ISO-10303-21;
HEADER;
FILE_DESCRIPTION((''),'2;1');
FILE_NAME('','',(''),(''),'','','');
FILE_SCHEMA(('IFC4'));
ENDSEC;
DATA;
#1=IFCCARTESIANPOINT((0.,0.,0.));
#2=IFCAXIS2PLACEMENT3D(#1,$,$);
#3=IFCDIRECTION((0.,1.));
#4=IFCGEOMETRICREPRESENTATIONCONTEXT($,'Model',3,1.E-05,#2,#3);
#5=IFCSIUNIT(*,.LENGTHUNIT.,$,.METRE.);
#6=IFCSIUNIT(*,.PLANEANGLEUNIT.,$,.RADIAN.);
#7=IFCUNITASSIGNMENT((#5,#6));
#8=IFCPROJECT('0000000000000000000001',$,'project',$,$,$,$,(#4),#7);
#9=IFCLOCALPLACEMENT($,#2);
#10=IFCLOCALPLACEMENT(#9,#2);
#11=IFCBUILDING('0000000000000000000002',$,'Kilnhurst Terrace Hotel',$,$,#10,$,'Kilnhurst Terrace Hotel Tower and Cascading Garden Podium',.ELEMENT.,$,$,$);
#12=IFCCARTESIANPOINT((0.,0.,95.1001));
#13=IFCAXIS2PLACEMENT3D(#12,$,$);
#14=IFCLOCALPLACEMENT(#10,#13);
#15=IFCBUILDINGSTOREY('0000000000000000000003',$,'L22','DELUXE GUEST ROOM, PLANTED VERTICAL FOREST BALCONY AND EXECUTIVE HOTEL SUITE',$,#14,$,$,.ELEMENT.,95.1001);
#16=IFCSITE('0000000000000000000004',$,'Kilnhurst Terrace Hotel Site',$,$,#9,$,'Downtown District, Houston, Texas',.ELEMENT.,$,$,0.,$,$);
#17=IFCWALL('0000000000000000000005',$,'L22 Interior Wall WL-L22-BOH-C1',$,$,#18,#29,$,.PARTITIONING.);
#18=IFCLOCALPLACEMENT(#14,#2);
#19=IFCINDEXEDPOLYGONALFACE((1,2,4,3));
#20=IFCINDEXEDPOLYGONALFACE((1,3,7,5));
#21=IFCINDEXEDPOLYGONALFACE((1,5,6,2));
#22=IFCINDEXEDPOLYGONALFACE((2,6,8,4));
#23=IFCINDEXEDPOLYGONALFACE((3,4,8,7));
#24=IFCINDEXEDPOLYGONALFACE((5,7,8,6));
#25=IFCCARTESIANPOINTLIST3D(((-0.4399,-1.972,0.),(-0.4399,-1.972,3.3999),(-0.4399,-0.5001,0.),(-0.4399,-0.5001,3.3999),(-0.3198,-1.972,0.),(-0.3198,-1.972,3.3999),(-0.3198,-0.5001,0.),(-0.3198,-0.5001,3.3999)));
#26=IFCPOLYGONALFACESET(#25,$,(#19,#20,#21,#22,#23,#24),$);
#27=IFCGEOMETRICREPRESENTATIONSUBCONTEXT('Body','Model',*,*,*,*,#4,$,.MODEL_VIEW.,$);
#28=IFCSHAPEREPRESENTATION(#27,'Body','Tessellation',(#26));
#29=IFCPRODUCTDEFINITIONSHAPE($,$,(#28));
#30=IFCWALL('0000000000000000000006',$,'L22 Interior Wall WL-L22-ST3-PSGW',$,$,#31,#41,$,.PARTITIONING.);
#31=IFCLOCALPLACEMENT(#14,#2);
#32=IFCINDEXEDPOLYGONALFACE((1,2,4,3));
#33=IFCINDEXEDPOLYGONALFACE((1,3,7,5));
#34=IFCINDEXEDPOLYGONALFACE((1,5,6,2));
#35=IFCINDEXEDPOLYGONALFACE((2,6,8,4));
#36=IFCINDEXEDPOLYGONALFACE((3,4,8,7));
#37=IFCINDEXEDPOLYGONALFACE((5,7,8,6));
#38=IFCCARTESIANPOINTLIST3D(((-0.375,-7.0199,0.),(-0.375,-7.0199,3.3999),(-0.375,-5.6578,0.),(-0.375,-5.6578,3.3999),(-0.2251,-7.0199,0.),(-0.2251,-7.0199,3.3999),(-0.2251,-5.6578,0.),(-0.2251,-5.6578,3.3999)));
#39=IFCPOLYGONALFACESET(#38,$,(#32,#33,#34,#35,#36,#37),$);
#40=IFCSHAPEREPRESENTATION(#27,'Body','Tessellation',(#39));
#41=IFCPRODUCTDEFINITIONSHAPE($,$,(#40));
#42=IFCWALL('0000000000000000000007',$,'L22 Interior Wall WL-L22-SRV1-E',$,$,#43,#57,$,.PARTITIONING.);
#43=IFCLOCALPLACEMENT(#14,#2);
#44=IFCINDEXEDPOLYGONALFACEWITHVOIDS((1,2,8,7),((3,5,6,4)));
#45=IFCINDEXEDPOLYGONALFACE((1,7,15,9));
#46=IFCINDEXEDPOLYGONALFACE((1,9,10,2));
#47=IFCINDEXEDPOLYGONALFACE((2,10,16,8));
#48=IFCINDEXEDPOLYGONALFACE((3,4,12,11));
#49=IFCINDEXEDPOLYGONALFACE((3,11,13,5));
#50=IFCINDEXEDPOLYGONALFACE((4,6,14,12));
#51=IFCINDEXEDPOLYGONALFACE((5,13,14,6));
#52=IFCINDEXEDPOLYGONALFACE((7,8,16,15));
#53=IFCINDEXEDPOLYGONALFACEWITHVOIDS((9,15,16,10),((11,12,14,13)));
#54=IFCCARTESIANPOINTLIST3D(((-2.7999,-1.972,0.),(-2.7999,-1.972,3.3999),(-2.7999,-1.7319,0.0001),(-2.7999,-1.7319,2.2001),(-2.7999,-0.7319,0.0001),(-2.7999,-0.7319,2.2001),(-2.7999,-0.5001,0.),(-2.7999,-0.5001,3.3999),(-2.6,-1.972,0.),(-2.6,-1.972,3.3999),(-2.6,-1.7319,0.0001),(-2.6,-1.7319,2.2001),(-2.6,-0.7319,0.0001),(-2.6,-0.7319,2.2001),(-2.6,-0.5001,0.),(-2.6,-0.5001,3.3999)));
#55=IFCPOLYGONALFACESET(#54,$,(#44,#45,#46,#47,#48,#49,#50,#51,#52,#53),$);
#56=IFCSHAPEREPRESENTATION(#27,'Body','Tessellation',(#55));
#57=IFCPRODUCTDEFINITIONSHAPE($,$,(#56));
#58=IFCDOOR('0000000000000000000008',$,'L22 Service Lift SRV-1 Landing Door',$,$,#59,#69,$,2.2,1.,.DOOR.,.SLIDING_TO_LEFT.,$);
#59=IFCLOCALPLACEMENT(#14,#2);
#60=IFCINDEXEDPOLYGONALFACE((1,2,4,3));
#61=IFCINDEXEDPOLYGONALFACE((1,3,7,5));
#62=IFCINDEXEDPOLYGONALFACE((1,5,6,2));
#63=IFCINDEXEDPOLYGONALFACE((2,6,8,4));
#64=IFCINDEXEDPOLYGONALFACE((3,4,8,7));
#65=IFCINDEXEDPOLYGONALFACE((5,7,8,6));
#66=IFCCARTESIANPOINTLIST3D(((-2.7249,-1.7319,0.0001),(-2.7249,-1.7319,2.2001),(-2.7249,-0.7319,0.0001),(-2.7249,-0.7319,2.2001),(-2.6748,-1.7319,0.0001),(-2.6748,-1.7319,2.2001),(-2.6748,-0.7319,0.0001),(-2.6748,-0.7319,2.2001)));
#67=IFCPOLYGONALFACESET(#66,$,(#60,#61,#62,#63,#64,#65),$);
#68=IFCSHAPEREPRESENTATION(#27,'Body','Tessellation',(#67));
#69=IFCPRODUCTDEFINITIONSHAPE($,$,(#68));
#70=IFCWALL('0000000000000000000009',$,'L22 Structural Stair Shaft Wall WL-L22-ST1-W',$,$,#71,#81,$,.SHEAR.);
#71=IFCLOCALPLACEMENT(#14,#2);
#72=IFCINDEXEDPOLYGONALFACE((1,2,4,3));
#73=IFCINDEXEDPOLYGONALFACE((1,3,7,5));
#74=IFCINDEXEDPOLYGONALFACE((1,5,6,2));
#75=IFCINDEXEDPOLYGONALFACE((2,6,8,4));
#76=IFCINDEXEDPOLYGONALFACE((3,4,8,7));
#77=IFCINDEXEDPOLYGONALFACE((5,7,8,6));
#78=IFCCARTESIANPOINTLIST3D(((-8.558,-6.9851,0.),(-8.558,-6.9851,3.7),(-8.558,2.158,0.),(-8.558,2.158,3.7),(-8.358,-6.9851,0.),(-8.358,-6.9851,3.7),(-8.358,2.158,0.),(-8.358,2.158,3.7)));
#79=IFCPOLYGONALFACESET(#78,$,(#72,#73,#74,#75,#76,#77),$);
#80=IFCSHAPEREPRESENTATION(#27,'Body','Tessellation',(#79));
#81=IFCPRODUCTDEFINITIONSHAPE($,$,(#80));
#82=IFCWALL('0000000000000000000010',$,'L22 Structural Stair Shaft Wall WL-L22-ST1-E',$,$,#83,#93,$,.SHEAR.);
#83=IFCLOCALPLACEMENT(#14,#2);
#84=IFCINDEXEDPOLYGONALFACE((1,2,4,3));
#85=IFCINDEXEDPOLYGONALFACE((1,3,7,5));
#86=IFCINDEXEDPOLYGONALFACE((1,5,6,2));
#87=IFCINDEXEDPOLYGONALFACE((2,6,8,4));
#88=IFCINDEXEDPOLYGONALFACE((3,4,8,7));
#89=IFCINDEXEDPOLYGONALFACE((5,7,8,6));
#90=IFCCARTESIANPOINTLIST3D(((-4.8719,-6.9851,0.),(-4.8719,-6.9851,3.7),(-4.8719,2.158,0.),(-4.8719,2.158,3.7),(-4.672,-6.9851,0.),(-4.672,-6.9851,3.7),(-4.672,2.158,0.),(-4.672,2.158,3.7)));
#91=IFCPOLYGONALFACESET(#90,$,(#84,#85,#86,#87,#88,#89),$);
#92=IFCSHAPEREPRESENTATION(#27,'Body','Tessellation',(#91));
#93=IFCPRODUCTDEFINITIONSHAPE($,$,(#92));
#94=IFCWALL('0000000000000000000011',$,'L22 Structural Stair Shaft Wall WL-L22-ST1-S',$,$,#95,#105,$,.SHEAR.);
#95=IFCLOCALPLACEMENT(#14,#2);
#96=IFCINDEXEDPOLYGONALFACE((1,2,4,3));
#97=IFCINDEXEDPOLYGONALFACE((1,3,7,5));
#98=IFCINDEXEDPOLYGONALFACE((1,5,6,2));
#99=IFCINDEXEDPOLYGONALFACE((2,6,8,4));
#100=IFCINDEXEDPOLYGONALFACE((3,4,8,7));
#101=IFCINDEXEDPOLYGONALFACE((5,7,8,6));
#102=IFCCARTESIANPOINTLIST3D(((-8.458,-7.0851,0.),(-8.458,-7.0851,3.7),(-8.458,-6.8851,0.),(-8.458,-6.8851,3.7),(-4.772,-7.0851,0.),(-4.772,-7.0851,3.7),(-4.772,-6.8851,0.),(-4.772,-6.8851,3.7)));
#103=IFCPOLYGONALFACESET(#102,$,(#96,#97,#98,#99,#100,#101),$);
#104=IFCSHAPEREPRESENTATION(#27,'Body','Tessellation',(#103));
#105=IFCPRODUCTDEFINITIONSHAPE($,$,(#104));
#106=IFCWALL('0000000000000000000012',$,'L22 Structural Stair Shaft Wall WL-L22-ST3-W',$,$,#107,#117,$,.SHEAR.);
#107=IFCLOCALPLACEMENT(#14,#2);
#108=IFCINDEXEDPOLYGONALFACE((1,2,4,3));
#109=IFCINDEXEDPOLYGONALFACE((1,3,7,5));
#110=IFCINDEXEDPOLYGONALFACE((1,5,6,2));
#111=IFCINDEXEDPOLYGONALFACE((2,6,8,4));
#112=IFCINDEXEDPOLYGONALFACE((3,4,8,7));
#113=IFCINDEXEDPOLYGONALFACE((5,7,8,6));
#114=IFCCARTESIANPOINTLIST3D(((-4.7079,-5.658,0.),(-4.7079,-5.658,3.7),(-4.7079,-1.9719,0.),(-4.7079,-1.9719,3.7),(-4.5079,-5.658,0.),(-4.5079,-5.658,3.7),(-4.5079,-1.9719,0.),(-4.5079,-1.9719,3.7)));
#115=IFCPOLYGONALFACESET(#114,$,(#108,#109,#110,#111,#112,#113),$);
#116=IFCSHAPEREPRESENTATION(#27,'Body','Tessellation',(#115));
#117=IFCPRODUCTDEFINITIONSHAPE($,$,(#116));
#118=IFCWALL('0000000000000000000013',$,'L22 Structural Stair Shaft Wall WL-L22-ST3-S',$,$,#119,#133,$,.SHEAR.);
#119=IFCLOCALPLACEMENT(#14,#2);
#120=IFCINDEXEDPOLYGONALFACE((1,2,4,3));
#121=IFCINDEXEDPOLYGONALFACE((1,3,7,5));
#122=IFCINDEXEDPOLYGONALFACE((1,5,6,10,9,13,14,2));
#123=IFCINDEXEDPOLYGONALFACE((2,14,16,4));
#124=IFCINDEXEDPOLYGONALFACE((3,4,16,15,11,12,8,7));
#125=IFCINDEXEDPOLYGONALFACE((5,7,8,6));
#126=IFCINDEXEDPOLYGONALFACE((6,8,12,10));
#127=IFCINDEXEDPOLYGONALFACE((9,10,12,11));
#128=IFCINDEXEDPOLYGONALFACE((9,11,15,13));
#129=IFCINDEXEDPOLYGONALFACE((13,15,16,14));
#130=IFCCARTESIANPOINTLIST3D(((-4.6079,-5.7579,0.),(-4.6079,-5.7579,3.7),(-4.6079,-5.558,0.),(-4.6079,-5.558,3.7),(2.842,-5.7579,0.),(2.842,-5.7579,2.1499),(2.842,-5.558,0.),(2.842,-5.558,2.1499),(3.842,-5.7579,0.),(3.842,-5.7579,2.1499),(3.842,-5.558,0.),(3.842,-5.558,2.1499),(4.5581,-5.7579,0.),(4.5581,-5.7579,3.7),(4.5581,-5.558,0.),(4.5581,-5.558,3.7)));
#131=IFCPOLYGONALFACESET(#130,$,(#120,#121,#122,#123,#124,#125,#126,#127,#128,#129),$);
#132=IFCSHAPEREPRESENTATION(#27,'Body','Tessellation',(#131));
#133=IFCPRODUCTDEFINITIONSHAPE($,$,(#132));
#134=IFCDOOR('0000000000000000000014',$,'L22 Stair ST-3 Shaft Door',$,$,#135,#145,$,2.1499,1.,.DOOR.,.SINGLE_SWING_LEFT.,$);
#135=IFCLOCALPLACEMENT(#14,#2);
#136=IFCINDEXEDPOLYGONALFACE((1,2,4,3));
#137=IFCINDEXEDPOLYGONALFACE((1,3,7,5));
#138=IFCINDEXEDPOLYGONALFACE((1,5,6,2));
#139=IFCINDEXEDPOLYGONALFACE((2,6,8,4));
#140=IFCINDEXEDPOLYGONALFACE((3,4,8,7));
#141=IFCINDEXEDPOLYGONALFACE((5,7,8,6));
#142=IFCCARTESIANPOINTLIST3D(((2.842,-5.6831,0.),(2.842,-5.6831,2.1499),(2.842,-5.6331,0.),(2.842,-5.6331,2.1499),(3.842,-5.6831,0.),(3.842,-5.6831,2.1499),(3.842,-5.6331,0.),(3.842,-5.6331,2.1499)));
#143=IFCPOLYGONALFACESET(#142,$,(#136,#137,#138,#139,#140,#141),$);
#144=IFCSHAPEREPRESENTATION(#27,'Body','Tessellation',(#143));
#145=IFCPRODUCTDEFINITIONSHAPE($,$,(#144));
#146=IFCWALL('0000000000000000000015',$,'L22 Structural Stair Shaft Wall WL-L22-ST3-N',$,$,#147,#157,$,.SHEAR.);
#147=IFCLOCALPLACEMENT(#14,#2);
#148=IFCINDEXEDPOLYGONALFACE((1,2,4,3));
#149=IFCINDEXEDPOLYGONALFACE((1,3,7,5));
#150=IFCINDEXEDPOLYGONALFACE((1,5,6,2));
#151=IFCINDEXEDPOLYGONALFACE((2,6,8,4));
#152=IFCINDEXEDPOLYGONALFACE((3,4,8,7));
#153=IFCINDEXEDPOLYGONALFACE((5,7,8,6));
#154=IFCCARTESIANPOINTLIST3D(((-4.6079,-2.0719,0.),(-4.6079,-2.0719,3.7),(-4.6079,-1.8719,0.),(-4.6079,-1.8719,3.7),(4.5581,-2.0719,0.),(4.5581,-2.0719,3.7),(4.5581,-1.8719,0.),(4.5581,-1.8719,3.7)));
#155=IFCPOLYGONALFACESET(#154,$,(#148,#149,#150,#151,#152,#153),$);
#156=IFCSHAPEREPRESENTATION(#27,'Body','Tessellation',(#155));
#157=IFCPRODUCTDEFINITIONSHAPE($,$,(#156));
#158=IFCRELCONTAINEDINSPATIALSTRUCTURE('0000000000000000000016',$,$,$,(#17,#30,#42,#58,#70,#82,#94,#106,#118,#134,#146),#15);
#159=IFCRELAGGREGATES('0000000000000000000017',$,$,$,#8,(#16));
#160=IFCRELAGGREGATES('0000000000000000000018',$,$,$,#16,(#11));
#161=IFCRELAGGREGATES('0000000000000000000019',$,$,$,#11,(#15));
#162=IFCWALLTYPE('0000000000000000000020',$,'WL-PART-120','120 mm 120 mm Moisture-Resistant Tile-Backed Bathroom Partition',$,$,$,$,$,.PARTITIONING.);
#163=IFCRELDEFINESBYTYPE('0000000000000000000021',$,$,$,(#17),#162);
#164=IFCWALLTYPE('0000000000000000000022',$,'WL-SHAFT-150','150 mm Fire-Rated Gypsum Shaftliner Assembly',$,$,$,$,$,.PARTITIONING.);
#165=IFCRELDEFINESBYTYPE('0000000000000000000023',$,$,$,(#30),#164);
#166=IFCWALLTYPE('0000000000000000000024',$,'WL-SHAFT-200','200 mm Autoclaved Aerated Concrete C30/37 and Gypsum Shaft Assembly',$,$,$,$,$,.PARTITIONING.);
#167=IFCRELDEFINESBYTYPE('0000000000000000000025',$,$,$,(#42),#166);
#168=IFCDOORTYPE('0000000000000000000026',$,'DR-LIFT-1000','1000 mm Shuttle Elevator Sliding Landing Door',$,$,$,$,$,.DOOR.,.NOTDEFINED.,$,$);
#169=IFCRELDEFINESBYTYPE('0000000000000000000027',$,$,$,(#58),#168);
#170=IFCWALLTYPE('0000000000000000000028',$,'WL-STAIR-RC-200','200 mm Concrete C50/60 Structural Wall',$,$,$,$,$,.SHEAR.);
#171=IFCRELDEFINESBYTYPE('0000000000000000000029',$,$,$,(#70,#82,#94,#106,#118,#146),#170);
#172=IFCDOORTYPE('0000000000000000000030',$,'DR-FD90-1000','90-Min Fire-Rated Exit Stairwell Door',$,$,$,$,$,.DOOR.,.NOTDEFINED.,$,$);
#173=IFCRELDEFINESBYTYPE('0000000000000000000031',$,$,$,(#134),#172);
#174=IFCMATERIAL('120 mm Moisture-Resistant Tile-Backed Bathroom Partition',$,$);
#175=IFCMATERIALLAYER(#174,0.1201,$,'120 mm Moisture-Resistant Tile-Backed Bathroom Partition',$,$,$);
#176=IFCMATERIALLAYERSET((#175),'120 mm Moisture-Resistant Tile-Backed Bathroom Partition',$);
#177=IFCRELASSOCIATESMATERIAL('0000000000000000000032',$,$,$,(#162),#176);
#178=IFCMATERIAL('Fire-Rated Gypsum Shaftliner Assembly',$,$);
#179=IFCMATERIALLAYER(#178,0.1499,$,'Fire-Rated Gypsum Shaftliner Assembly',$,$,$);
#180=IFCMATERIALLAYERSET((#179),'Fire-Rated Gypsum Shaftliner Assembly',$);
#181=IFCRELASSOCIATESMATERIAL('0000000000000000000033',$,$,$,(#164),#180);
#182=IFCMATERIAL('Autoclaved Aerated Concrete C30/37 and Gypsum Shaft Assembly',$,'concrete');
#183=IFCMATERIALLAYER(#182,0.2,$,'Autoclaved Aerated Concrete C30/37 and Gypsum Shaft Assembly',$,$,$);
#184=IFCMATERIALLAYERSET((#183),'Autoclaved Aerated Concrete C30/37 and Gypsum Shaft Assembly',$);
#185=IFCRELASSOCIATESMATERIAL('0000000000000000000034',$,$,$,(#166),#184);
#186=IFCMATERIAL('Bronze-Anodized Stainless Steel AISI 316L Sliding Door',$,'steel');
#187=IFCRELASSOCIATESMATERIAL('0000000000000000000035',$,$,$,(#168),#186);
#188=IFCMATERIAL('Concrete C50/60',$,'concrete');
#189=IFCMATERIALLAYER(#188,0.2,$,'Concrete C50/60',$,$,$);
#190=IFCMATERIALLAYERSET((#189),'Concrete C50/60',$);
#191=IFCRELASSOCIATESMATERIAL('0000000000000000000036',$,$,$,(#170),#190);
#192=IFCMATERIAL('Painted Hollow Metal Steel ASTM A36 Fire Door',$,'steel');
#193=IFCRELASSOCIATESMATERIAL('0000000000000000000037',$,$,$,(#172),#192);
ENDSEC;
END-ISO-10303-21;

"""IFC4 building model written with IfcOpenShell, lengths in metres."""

from ifc_helpers import new_model, si_unit, direction, frame, frame_2d, origin, place, context, subcontext, project, spatial, rectangle, extrude, material, layer, layer_set, type_object, element, fill, save


model = new_model("IFC4")

# Units and contexts
model_context = context("Model", 3, precision=1e-05, world=origin(), true_north=direction((0.0, 1.0)))
body_context = subcontext(model_context, "Body", "Model", "MODEL_VIEW")
ifc_project = project(units=[si_unit("LENGTHUNIT", "METRE"), si_unit("PLANEANGLEUNIT", "RADIAN")], contexts=[model_context])

# Site, building, storey
site_placement = place(None, origin())
site = spatial("IfcSite", under=ifc_project, at=site_placement, Name="Kilnhurst Terrace Hotel Site", LongName="Downtown District, Houston, Texas", CompositionType="ELEMENT", RefElevation=0.0)
building_placement = place(site_placement, origin())
building = spatial("IfcBuilding", under=site, at=building_placement, Name="Kilnhurst Terrace Hotel", LongName="Kilnhurst Terrace Hotel Tower and Cascading Garden Podium", CompositionType="ELEMENT")
storey_placement = place(building_placement, frame((0.0, 0.0, 95.1001)))
storey = spatial("IfcBuildingStorey", under=building, at=storey_placement, Name="L22", Description="DELUXE GUEST ROOM, PLANTED VERTICAL FOREST BALCONY AND EXECUTIVE HOTEL SUITE", CompositionType="ELEMENT", Elevation=95.1001)

# Walls
ifc_material_1 = material(Name="120 mm Moisture-Resistant Tile-Backed Bathroom Partition")
ifc_layer_1 = layer(ifc_material_1, 0.1201, Name="120 mm Moisture-Resistant Tile-Backed Bathroom Partition")
ifc_layer_set_1 = layer_set([ifc_layer_1], Name="120 mm Moisture-Resistant Tile-Backed Bathroom Partition")
wall_type_1 = type_object("IfcWallType", Name="WL-PART-120", Description="120 mm 120 mm Moisture-Resistant Tile-Backed Bathroom Partition", PredefinedType="PARTITIONING", material=ifc_layer_set_1)
wall_1_placement = place(storey_placement, frame((-0.3799, -1.9719, 0.0), z_axis=(0.0, 0.0, 1.0), x_axis=(0.0, 1.0, 0.0)))
element("IfcWall", 1, at=wall_1_placement, inside=storey, type_object=wall_type_1, Name="L22 Interior Wall WL-L22-BOH-C1", PredefinedType="PARTITIONING", context=body_context, shape_type="SweptSolid", body=[
    extrude(rectangle(XDim=1.4719, YDim=0.1201, at=frame_2d((0.7358, 0.0))), origin(), (0.0, 0.0, 1.0), 3.3999),
])
ifc_material_2 = material(Name="Fire-Rated Gypsum Shaftliner Assembly")
ifc_layer_2 = layer(ifc_material_2, 0.1499, Name="Fire-Rated Gypsum Shaftliner Assembly")
ifc_layer_set_2 = layer_set([ifc_layer_2], Name="Fire-Rated Gypsum Shaftliner Assembly")
wall_type_2 = type_object("IfcWallType", Name="WL-SHAFT-150", Description="150 mm Fire-Rated Gypsum Shaftliner Assembly", PredefinedType="PARTITIONING", material=ifc_layer_set_2)
wall_2_placement = place(storey_placement, frame((-0.3, -7.02, 0.0), z_axis=(0.0, 0.0, 1.0), x_axis=(0.0, 1.0, 0.0)))
element("IfcWall", 2, at=wall_2_placement, inside=storey, type_object=wall_type_2, Name="L22 Interior Wall WL-L22-ST3-PSGW", PredefinedType="PARTITIONING", context=body_context, shape_type="SweptSolid", body=[
    extrude(rectangle(XDim=1.3621, YDim=0.1499, at=frame_2d((0.6812, 0.0))), origin(), (0.0, 0.0, 1.0), 3.3999),
])

# Wall, opening, door
ifc_material_3 = material(Name="Autoclaved Aerated Concrete C30/37 and Gypsum Shaft Assembly", Category="concrete")
ifc_layer_3 = layer(ifc_material_3, 0.2, Name="Autoclaved Aerated Concrete C30/37 and Gypsum Shaft Assembly")
ifc_layer_set_3 = layer_set([ifc_layer_3], Name="Autoclaved Aerated Concrete C30/37 and Gypsum Shaft Assembly")
wall_type_3 = type_object("IfcWallType", Name="WL-SHAFT-200", Description="200 mm Autoclaved Aerated Concrete C30/37 and Gypsum Shaft Assembly", PredefinedType="PARTITIONING", material=ifc_layer_set_3)
wall_3_placement = place(storey_placement, frame((-2.7, -1.9719, 0.0), z_axis=(0.0, 0.0, 1.0), x_axis=(0.0, 1.0, 0.0)))
wall_3 = element("IfcWall", 3, at=wall_3_placement, inside=storey, type_object=wall_type_3, Name="L22 Interior Wall WL-L22-SRV1-E", PredefinedType="PARTITIONING", context=body_context, shape_type="SweptSolid", body=[
    extrude(rectangle(XDim=1.4719, YDim=0.2, at=frame_2d((0.7358, 0.0))), origin(), (0.0, 0.0, 1.0), 3.3999),
])
opening_1_placement = place(wall_3_placement, frame((0.24, 0.0, 0.0)))
opening_1 = element("IfcOpeningElement", 4, at=opening_1_placement, cuts=wall_3, PredefinedType="OPENING", context=body_context, shape_type="SweptSolid", body=[
    extrude(rectangle(XDim=1.0, YDim=2.2, at=frame_2d((0.5, 1.1001))), frame((0.0, 0.1099, 0.0), z_axis=(0.0, -1.0, 0.0), x_axis=(1.0, 0.0, 0.0)), (0.0, 0.0, 1.0), 0.22),
])
ifc_material_4 = material(Name="Bronze-Anodized Stainless Steel AISI 316L Sliding Door", Category="steel")
door_type_1 = type_object("IfcDoorType", Name="DR-LIFT-1000", Description="1000 mm Shuttle Elevator Sliding Landing Door", OperationType="NOTDEFINED", PredefinedType="DOOR", material=ifc_material_4)
door_1_placement = place(opening_1_placement, origin())
door_1 = element("IfcDoor", 5, at=door_1_placement, inside=storey, type_object=door_type_1, Name="L22 Service Lift SRV-1 Landing Door", OperationType="SLIDING_TO_LEFT", OverallHeight=2.2, OverallWidth=1.0, PredefinedType="DOOR", context=body_context, shape_type="SweptSolid", body=[
    extrude(rectangle(XDim=1.0, YDim=2.2, at=frame_2d((0.5, 1.1001))), frame((0.0, 0.0249, 0.0), z_axis=(0.0, -1.0, 0.0), x_axis=(1.0, 0.0, 0.0)), (0.0, 0.0, 1.0), 0.05),
])
fill(opening_1, door_1)

# Walls
ifc_material_5 = material(Name="Concrete C50/60", Category="concrete")
ifc_layer_4 = layer(ifc_material_5, 0.2, Name="Concrete C50/60")
ifc_layer_set_4 = layer_set([ifc_layer_4], Name="Concrete C50/60")
wall_type_4 = type_object("IfcWallType", Name="WL-STAIR-RC-200", Description="200 mm Concrete C50/60 Structural Wall", PredefinedType="SHEAR", material=ifc_layer_set_4)
for number, where, z_axis, x_axis, name in (
    (6, (-8.458, -6.9851, 0.0), (0.0, 0.0, 1.0), (0.0, 1.0, 0.0), "L22 Structural Stair Shaft Wall WL-L22-ST1-W"),
    (7, (-4.772, -6.9851, 0.0), (0.0, 0.0, 1.0), (0.0, 1.0, 0.0), "L22 Structural Stair Shaft Wall WL-L22-ST1-E"),
):
    element("IfcWall", number, at=place(storey_placement, frame(where, z_axis=z_axis, x_axis=x_axis)), inside=storey, type_object=wall_type_4, Name=name, PredefinedType="SHEAR", context=body_context, shape_type="SweptSolid", body=[
        extrude(rectangle(XDim=9.1431, YDim=0.2, at=frame_2d((4.5715, 0.0))), origin(), (0.0, 0.0, 1.0), 3.7),
    ])
for number, where, z_axis, x_axis, name in (
    (8, (-8.458, -6.9851, 0.0), (0.0, 0.0, 1.0), (1.0, 0.0, 0.0), "L22 Structural Stair Shaft Wall WL-L22-ST1-S"),
    (9, (-4.6079, -5.658, 0.0), (0.0, 0.0, 1.0), (0.0, 1.0, 0.0), "L22 Structural Stair Shaft Wall WL-L22-ST3-W"),
):
    element("IfcWall", number, at=place(storey_placement, frame(where, z_axis=z_axis, x_axis=x_axis)), inside=storey, type_object=wall_type_4, Name=name, PredefinedType="SHEAR", context=body_context, shape_type="SweptSolid", body=[
        extrude(rectangle(XDim=3.686, YDim=0.2, at=frame_2d((1.843, 0.0))), origin(), (0.0, 0.0, 1.0), 3.7),
    ])

# Wall, opening, door
wall_4_placement = place(storey_placement, frame((-4.6079, -5.658, 0.0), z_axis=(0.0, 0.0, 1.0), x_axis=(1.0, 0.0, 0.0)))
wall_4 = element("IfcWall", 10, at=wall_4_placement, inside=storey, type_object=wall_type_4, Name="L22 Structural Stair Shaft Wall WL-L22-ST3-S", PredefinedType="SHEAR", context=body_context, shape_type="SweptSolid", body=[
    extrude(rectangle(XDim=9.166, YDim=0.2, at=frame_2d((4.583, 0.0))), origin(), (0.0, 0.0, 1.0), 3.7),
])
opening_2_placement = place(wall_4_placement, frame((7.45, 0.0, 0.0)))
opening_2 = element("IfcOpeningElement", 11, at=opening_2_placement, cuts=wall_4, PredefinedType="OPENING", context=body_context, shape_type="SweptSolid", body=[
    extrude(rectangle(XDim=1.0, YDim=2.1499, at=frame_2d((0.5, 1.075))), frame((0.0, 0.1099, 0.0), z_axis=(0.0, -1.0, 0.0), x_axis=(1.0, 0.0, 0.0)), (0.0, 0.0, 1.0), 0.22),
])
ifc_material_6 = material(Name="Painted Hollow Metal Steel ASTM A36 Fire Door", Category="steel")
door_type_2 = type_object("IfcDoorType", Name="DR-FD90-1000", Description="90-Min Fire-Rated Exit Stairwell Door", OperationType="NOTDEFINED", PredefinedType="DOOR", material=ifc_material_6)
door_2_placement = place(opening_2_placement, origin())
door_2 = element("IfcDoor", 12, at=door_2_placement, inside=storey, type_object=door_type_2, Name="L22 Stair ST-3 Shaft Door", OperationType="SINGLE_SWING_LEFT", OverallHeight=2.1499, OverallWidth=1.0, PredefinedType="DOOR", context=body_context, shape_type="SweptSolid", body=[
    extrude(rectangle(XDim=1.0, YDim=2.1499, at=frame_2d((0.5, 1.075))), frame((0.0, 0.0249, 0.0), z_axis=(0.0, -1.0, 0.0), x_axis=(1.0, 0.0, 0.0)), (0.0, 0.0, 1.0), 0.05),
])
fill(opening_2, door_2)

# Wall
wall_5_placement = place(storey_placement, frame((-4.6079, -1.9719, 0.0), z_axis=(0.0, 0.0, 1.0), x_axis=(1.0, 0.0, 0.0)))
element("IfcWall", 13, at=wall_5_placement, inside=storey, type_object=wall_type_4, Name="L22 Structural Stair Shaft Wall WL-L22-ST3-N", PredefinedType="SHEAR", context=body_context, shape_type="SweptSolid", body=[
    extrude(rectangle(XDim=9.166, YDim=0.2, at=frame_2d((4.583, 0.0))), origin(), (0.0, 0.0, 1.0), 3.7),
])

save(model, "model.ifc")
